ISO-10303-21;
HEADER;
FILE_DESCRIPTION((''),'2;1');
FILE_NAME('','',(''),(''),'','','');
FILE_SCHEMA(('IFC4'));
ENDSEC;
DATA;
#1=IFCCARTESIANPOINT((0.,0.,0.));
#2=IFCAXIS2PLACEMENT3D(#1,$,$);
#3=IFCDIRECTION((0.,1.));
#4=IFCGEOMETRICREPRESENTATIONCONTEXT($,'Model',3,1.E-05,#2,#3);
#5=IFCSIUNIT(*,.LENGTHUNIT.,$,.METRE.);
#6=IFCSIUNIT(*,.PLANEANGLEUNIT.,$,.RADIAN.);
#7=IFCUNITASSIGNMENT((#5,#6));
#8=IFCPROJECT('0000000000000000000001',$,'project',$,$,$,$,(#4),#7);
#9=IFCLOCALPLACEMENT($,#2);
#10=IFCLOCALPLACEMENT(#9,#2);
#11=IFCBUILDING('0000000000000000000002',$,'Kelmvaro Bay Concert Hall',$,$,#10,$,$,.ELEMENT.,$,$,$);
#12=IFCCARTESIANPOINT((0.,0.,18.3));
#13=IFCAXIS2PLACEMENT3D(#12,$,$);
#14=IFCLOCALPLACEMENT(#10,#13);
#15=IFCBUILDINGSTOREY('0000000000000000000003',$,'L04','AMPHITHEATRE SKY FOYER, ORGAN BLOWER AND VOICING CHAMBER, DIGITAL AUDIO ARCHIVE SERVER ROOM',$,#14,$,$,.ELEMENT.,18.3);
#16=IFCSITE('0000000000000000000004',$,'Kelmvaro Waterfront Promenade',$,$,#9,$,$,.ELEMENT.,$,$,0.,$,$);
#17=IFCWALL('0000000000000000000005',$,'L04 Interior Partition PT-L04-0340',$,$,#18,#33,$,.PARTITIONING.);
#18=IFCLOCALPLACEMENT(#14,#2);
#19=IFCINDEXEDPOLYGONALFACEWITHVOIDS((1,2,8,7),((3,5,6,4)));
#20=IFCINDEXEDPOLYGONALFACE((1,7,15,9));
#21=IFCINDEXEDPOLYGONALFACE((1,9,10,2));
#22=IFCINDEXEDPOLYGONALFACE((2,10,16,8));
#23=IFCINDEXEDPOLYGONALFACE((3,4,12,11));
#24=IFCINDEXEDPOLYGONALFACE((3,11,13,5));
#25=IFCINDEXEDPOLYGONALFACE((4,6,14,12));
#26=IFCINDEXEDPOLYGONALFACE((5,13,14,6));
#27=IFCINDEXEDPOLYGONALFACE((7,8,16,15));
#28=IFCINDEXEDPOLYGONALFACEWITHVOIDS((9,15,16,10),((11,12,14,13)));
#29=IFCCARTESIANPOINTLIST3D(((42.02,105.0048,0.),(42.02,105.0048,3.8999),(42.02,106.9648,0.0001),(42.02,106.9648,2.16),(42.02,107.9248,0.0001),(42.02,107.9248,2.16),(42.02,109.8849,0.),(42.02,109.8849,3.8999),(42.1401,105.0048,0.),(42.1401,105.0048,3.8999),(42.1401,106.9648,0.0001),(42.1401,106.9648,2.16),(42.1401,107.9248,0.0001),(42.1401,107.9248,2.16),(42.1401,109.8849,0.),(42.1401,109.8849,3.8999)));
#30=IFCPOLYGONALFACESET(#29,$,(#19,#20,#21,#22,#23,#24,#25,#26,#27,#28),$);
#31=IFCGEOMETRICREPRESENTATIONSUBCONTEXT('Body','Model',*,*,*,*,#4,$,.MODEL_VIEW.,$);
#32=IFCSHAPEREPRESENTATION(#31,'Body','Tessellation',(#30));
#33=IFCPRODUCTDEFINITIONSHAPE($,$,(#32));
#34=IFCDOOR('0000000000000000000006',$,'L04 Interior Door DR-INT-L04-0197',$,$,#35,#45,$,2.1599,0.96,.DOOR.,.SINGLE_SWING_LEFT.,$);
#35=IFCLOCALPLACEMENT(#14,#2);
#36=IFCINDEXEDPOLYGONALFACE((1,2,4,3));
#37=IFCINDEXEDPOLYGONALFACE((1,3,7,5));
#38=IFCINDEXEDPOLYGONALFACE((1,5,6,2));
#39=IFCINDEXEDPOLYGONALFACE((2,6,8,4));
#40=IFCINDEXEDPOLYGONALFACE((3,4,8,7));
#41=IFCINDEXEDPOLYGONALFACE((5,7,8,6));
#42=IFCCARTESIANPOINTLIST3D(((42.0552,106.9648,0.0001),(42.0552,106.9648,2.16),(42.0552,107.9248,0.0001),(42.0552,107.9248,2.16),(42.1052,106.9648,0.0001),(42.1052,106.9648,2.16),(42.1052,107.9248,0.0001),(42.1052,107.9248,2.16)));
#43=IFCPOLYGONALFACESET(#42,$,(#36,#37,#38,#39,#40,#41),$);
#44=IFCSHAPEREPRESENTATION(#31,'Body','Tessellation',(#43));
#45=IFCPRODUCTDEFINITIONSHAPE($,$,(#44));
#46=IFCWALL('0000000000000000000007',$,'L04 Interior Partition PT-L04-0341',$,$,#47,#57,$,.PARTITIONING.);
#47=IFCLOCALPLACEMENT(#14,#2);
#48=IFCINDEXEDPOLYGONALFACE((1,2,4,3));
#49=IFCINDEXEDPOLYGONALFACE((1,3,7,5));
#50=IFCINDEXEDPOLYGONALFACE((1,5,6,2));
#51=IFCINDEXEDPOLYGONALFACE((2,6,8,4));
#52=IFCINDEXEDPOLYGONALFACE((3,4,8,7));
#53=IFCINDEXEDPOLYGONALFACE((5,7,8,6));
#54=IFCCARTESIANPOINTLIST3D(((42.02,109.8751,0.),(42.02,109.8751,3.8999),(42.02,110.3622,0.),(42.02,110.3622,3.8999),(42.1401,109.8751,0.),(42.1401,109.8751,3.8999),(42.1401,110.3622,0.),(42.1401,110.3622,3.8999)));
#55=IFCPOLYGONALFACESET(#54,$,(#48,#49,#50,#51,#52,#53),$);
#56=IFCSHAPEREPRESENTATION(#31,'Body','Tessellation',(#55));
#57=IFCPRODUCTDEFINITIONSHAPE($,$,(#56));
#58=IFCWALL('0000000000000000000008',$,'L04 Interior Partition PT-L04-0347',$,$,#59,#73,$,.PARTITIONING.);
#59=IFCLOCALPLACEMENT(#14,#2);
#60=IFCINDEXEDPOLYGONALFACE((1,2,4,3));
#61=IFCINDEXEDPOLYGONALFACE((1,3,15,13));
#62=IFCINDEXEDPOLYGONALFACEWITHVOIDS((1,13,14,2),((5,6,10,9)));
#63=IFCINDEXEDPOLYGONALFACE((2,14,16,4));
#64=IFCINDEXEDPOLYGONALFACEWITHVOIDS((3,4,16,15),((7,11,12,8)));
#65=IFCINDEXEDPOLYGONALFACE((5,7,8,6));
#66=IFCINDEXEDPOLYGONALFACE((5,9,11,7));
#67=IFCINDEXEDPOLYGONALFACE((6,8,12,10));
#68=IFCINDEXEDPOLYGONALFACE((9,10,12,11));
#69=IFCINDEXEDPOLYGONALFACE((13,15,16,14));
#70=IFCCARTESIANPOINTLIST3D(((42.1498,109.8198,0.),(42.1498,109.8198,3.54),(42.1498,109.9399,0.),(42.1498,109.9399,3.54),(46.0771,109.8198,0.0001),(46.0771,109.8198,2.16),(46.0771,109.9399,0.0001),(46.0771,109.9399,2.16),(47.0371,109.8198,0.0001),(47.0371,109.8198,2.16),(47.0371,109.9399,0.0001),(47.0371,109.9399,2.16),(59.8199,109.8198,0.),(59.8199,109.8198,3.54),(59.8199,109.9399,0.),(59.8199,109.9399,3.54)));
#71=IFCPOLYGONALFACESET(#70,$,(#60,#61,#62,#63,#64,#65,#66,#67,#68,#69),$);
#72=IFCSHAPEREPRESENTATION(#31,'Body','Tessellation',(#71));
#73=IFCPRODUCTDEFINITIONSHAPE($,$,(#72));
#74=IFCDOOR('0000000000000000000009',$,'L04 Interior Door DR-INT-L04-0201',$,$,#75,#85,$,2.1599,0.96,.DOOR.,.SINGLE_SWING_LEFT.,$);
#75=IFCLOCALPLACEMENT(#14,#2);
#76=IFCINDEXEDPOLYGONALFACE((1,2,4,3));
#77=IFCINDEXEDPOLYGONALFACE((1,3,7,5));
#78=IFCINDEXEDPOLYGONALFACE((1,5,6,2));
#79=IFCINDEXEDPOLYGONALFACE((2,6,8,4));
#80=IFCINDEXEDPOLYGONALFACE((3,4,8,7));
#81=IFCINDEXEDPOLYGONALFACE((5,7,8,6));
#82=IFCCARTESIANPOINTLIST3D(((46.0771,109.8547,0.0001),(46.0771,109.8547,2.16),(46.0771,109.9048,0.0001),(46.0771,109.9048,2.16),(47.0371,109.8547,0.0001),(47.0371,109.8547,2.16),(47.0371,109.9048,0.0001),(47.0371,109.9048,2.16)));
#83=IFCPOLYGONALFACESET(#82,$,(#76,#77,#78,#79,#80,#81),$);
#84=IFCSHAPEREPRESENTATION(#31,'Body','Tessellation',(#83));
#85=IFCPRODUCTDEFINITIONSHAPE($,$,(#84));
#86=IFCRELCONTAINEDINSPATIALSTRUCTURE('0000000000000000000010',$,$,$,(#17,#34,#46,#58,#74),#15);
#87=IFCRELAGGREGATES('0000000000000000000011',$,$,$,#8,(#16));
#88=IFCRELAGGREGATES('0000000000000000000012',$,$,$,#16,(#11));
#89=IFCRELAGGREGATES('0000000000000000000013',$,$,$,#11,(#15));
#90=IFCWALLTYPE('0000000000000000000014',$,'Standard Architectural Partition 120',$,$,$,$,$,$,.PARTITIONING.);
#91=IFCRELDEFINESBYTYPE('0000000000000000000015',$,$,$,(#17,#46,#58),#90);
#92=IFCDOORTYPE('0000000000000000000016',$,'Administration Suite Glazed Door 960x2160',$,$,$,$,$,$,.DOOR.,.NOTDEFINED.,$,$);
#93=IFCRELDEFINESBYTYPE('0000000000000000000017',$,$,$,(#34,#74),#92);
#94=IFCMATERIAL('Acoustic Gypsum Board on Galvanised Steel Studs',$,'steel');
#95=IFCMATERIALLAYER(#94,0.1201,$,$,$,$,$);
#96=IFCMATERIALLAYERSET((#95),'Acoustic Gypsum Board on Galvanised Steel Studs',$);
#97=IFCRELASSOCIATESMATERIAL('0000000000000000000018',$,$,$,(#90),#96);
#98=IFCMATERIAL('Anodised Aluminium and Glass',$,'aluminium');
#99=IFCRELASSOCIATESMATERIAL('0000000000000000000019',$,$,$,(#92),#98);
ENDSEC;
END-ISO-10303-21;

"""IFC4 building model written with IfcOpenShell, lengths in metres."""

from ifc_helpers import new_model, si_unit, direction, frame, frame_2d, origin, place, context, subcontext, project, spatial, rectangle, extrude, material, layer, layer_set, type_object, element, fill, save


model = new_model("IFC4")

# Units and contexts
model_context = context("Model", 3, precision=1e-05, world=origin(), true_north=direction((0.0, 1.0)))
body_context = subcontext(model_context, "Body", "Model", "MODEL_VIEW")
ifc_project = project(units=[si_unit("LENGTHUNIT", "METRE"), si_unit("PLANEANGLEUNIT", "RADIAN")], contexts=[model_context])

# Site, building, storey
site_placement = place(None, origin())
site = spatial("IfcSite", under=ifc_project, at=site_placement, Name="Kelmvaro Waterfront Promenade", CompositionType="ELEMENT", RefElevation=0.0)
building_placement = place(site_placement, origin())
building = spatial("IfcBuilding", under=site, at=building_placement, Name="Kelmvaro Bay Concert Hall", CompositionType="ELEMENT")
storey_placement = place(building_placement, frame((0.0, 0.0, 18.3)))
storey = spatial("IfcBuildingStorey", under=building, at=storey_placement, Name="L04", Description="AMPHITHEATRE SKY FOYER, ORGAN BLOWER AND VOICING CHAMBER, DIGITAL AUDIO ARCHIVE SERVER ROOM", CompositionType="ELEMENT", Elevation=18.3)

# Shared definitions
ifc_material_1 = material(Name="Acoustic Gypsum Board on Galvanised Steel Studs", Category="steel")
ifc_layer_1 = layer(ifc_material_1, 0.1201)
ifc_layer_set_1 = layer_set([ifc_layer_1], Name="Acoustic Gypsum Board on Galvanised Steel Studs")
wall_type_1 = type_object("IfcWallType", Name="Standard Architectural Partition 120", PredefinedType="PARTITIONING", material=ifc_layer_set_1)

# Wall, opening, door
wall_1_placement = place(storey_placement, frame((42.0801, 105.0049, 0.0), z_axis=(0.0, 0.0, 1.0), x_axis=(0.0, 1.0, 0.0)))
wall_1 = element("IfcWall", 1, at=wall_1_placement, inside=storey, type_object=wall_type_1, Name="L04 Interior Partition PT-L04-0340", PredefinedType="PARTITIONING", context=body_context, shape_type="SweptSolid", body=[
    extrude(rectangle(XDim=4.8801, YDim=0.1201, at=frame_2d((2.4399, 0.0))), origin(), (0.0, 0.0, 1.0), 3.8999),
])
opening_1_placement = place(wall_1_placement, frame((1.96, 0.0, 0.0)))
opening_1 = element("IfcOpeningElement", 2, at=opening_1_placement, cuts=wall_1, PredefinedType="OPENING", context=body_context, shape_type="SweptSolid", body=[
    extrude(rectangle(XDim=0.96, YDim=2.1599, at=frame_2d((0.48, 1.0801))), frame((0.0, 0.0701, 0.0), z_axis=(0.0, -1.0, 0.0), x_axis=(1.0, 0.0, 0.0)), (0.0, 0.0, 1.0), 0.1401),
])
ifc_material_2 = material(Name="Anodised Aluminium and Glass", Category="aluminium")
door_type_1 = type_object("IfcDoorType", Name="Administration Suite Glazed Door 960x2160", OperationType="NOTDEFINED", PredefinedType="DOOR", material=ifc_material_2)
door_1_placement = place(opening_1_placement, origin())
door_1 = element("IfcDoor", 3, at=door_1_placement, inside=storey, type_object=door_type_1, Name="L04 Interior Door DR-INT-L04-0197", OperationType="SINGLE_SWING_LEFT", OverallHeight=2.1599, OverallWidth=0.96, PredefinedType="DOOR", context=body_context, shape_type="SweptSolid", body=[
    extrude(rectangle(XDim=0.96, YDim=2.1599, at=frame_2d((0.48, 1.0801))), frame((0.0, 0.0249, 0.0), z_axis=(0.0, -1.0, 0.0), x_axis=(1.0, 0.0, 0.0)), (0.0, 0.0, 1.0), 0.05),
])
fill(opening_1, door_1)

# Wall
wall_2_placement = place(storey_placement, frame((42.0801, 109.875, 0.0), z_axis=(0.0, 0.0, 1.0), x_axis=(0.0, 1.0, 0.0)))
element("IfcWall", 4, at=wall_2_placement, inside=storey, type_object=wall_type_1, Name="L04 Interior Partition PT-L04-0341", PredefinedType="PARTITIONING", context=body_context, shape_type="SweptSolid", body=[
    extrude(rectangle(XDim=0.4871, YDim=0.1201, at=frame_2d((0.2437, 0.0))), origin(), (0.0, 0.0, 1.0), 3.8999),
])

# Wall, opening, door
wall_3_placement = place(storey_placement, frame((42.1499, 109.8799, 0.0), z_axis=(0.0, 0.0, 1.0), x_axis=(1.0, 0.0, 0.0)))
wall_3 = element("IfcWall", 5, at=wall_3_placement, inside=storey, type_object=wall_type_1, Name="L04 Interior Partition PT-L04-0347", PredefinedType="PARTITIONING", context=body_context, shape_type="SweptSolid", body=[
    extrude(rectangle(XDim=17.6702, YDim=0.1201, at=frame_2d((8.835, 0.0))), origin(), (0.0, 0.0, 1.0), 3.54),
])
opening_2_placement = place(wall_3_placement, frame((3.9272, 0.0, 0.0)))
opening_2 = element("IfcOpeningElement", 6, at=opening_2_placement, cuts=wall_3, PredefinedType="OPENING", context=body_context, shape_type="SweptSolid", body=[
    extrude(rectangle(XDim=0.96, YDim=2.1599, at=frame_2d((0.48, 1.0801))), frame((0.0, 0.0701, 0.0), z_axis=(0.0, -1.0, 0.0), x_axis=(1.0, 0.0, 0.0)), (0.0, 0.0, 1.0), 0.1401),
])
door_2_placement = place(opening_2_placement, origin())
door_2 = element("IfcDoor", 7, at=door_2_placement, inside=storey, type_object=door_type_1, Name="L04 Interior Door DR-INT-L04-0201", OperationType="SINGLE_SWING_LEFT", OverallHeight=2.1599, OverallWidth=0.96, PredefinedType="DOOR", context=body_context, shape_type="SweptSolid", body=[
    extrude(rectangle(XDim=0.96, YDim=2.1599, at=frame_2d((0.48, 1.0801))), frame((0.0, 0.0249, 0.0), z_axis=(0.0, -1.0, 0.0), x_axis=(1.0, 0.0, 0.0)), (0.0, 0.0, 1.0), 0.05),
])
fill(opening_2, door_2)

save(model, "model.ifc")
